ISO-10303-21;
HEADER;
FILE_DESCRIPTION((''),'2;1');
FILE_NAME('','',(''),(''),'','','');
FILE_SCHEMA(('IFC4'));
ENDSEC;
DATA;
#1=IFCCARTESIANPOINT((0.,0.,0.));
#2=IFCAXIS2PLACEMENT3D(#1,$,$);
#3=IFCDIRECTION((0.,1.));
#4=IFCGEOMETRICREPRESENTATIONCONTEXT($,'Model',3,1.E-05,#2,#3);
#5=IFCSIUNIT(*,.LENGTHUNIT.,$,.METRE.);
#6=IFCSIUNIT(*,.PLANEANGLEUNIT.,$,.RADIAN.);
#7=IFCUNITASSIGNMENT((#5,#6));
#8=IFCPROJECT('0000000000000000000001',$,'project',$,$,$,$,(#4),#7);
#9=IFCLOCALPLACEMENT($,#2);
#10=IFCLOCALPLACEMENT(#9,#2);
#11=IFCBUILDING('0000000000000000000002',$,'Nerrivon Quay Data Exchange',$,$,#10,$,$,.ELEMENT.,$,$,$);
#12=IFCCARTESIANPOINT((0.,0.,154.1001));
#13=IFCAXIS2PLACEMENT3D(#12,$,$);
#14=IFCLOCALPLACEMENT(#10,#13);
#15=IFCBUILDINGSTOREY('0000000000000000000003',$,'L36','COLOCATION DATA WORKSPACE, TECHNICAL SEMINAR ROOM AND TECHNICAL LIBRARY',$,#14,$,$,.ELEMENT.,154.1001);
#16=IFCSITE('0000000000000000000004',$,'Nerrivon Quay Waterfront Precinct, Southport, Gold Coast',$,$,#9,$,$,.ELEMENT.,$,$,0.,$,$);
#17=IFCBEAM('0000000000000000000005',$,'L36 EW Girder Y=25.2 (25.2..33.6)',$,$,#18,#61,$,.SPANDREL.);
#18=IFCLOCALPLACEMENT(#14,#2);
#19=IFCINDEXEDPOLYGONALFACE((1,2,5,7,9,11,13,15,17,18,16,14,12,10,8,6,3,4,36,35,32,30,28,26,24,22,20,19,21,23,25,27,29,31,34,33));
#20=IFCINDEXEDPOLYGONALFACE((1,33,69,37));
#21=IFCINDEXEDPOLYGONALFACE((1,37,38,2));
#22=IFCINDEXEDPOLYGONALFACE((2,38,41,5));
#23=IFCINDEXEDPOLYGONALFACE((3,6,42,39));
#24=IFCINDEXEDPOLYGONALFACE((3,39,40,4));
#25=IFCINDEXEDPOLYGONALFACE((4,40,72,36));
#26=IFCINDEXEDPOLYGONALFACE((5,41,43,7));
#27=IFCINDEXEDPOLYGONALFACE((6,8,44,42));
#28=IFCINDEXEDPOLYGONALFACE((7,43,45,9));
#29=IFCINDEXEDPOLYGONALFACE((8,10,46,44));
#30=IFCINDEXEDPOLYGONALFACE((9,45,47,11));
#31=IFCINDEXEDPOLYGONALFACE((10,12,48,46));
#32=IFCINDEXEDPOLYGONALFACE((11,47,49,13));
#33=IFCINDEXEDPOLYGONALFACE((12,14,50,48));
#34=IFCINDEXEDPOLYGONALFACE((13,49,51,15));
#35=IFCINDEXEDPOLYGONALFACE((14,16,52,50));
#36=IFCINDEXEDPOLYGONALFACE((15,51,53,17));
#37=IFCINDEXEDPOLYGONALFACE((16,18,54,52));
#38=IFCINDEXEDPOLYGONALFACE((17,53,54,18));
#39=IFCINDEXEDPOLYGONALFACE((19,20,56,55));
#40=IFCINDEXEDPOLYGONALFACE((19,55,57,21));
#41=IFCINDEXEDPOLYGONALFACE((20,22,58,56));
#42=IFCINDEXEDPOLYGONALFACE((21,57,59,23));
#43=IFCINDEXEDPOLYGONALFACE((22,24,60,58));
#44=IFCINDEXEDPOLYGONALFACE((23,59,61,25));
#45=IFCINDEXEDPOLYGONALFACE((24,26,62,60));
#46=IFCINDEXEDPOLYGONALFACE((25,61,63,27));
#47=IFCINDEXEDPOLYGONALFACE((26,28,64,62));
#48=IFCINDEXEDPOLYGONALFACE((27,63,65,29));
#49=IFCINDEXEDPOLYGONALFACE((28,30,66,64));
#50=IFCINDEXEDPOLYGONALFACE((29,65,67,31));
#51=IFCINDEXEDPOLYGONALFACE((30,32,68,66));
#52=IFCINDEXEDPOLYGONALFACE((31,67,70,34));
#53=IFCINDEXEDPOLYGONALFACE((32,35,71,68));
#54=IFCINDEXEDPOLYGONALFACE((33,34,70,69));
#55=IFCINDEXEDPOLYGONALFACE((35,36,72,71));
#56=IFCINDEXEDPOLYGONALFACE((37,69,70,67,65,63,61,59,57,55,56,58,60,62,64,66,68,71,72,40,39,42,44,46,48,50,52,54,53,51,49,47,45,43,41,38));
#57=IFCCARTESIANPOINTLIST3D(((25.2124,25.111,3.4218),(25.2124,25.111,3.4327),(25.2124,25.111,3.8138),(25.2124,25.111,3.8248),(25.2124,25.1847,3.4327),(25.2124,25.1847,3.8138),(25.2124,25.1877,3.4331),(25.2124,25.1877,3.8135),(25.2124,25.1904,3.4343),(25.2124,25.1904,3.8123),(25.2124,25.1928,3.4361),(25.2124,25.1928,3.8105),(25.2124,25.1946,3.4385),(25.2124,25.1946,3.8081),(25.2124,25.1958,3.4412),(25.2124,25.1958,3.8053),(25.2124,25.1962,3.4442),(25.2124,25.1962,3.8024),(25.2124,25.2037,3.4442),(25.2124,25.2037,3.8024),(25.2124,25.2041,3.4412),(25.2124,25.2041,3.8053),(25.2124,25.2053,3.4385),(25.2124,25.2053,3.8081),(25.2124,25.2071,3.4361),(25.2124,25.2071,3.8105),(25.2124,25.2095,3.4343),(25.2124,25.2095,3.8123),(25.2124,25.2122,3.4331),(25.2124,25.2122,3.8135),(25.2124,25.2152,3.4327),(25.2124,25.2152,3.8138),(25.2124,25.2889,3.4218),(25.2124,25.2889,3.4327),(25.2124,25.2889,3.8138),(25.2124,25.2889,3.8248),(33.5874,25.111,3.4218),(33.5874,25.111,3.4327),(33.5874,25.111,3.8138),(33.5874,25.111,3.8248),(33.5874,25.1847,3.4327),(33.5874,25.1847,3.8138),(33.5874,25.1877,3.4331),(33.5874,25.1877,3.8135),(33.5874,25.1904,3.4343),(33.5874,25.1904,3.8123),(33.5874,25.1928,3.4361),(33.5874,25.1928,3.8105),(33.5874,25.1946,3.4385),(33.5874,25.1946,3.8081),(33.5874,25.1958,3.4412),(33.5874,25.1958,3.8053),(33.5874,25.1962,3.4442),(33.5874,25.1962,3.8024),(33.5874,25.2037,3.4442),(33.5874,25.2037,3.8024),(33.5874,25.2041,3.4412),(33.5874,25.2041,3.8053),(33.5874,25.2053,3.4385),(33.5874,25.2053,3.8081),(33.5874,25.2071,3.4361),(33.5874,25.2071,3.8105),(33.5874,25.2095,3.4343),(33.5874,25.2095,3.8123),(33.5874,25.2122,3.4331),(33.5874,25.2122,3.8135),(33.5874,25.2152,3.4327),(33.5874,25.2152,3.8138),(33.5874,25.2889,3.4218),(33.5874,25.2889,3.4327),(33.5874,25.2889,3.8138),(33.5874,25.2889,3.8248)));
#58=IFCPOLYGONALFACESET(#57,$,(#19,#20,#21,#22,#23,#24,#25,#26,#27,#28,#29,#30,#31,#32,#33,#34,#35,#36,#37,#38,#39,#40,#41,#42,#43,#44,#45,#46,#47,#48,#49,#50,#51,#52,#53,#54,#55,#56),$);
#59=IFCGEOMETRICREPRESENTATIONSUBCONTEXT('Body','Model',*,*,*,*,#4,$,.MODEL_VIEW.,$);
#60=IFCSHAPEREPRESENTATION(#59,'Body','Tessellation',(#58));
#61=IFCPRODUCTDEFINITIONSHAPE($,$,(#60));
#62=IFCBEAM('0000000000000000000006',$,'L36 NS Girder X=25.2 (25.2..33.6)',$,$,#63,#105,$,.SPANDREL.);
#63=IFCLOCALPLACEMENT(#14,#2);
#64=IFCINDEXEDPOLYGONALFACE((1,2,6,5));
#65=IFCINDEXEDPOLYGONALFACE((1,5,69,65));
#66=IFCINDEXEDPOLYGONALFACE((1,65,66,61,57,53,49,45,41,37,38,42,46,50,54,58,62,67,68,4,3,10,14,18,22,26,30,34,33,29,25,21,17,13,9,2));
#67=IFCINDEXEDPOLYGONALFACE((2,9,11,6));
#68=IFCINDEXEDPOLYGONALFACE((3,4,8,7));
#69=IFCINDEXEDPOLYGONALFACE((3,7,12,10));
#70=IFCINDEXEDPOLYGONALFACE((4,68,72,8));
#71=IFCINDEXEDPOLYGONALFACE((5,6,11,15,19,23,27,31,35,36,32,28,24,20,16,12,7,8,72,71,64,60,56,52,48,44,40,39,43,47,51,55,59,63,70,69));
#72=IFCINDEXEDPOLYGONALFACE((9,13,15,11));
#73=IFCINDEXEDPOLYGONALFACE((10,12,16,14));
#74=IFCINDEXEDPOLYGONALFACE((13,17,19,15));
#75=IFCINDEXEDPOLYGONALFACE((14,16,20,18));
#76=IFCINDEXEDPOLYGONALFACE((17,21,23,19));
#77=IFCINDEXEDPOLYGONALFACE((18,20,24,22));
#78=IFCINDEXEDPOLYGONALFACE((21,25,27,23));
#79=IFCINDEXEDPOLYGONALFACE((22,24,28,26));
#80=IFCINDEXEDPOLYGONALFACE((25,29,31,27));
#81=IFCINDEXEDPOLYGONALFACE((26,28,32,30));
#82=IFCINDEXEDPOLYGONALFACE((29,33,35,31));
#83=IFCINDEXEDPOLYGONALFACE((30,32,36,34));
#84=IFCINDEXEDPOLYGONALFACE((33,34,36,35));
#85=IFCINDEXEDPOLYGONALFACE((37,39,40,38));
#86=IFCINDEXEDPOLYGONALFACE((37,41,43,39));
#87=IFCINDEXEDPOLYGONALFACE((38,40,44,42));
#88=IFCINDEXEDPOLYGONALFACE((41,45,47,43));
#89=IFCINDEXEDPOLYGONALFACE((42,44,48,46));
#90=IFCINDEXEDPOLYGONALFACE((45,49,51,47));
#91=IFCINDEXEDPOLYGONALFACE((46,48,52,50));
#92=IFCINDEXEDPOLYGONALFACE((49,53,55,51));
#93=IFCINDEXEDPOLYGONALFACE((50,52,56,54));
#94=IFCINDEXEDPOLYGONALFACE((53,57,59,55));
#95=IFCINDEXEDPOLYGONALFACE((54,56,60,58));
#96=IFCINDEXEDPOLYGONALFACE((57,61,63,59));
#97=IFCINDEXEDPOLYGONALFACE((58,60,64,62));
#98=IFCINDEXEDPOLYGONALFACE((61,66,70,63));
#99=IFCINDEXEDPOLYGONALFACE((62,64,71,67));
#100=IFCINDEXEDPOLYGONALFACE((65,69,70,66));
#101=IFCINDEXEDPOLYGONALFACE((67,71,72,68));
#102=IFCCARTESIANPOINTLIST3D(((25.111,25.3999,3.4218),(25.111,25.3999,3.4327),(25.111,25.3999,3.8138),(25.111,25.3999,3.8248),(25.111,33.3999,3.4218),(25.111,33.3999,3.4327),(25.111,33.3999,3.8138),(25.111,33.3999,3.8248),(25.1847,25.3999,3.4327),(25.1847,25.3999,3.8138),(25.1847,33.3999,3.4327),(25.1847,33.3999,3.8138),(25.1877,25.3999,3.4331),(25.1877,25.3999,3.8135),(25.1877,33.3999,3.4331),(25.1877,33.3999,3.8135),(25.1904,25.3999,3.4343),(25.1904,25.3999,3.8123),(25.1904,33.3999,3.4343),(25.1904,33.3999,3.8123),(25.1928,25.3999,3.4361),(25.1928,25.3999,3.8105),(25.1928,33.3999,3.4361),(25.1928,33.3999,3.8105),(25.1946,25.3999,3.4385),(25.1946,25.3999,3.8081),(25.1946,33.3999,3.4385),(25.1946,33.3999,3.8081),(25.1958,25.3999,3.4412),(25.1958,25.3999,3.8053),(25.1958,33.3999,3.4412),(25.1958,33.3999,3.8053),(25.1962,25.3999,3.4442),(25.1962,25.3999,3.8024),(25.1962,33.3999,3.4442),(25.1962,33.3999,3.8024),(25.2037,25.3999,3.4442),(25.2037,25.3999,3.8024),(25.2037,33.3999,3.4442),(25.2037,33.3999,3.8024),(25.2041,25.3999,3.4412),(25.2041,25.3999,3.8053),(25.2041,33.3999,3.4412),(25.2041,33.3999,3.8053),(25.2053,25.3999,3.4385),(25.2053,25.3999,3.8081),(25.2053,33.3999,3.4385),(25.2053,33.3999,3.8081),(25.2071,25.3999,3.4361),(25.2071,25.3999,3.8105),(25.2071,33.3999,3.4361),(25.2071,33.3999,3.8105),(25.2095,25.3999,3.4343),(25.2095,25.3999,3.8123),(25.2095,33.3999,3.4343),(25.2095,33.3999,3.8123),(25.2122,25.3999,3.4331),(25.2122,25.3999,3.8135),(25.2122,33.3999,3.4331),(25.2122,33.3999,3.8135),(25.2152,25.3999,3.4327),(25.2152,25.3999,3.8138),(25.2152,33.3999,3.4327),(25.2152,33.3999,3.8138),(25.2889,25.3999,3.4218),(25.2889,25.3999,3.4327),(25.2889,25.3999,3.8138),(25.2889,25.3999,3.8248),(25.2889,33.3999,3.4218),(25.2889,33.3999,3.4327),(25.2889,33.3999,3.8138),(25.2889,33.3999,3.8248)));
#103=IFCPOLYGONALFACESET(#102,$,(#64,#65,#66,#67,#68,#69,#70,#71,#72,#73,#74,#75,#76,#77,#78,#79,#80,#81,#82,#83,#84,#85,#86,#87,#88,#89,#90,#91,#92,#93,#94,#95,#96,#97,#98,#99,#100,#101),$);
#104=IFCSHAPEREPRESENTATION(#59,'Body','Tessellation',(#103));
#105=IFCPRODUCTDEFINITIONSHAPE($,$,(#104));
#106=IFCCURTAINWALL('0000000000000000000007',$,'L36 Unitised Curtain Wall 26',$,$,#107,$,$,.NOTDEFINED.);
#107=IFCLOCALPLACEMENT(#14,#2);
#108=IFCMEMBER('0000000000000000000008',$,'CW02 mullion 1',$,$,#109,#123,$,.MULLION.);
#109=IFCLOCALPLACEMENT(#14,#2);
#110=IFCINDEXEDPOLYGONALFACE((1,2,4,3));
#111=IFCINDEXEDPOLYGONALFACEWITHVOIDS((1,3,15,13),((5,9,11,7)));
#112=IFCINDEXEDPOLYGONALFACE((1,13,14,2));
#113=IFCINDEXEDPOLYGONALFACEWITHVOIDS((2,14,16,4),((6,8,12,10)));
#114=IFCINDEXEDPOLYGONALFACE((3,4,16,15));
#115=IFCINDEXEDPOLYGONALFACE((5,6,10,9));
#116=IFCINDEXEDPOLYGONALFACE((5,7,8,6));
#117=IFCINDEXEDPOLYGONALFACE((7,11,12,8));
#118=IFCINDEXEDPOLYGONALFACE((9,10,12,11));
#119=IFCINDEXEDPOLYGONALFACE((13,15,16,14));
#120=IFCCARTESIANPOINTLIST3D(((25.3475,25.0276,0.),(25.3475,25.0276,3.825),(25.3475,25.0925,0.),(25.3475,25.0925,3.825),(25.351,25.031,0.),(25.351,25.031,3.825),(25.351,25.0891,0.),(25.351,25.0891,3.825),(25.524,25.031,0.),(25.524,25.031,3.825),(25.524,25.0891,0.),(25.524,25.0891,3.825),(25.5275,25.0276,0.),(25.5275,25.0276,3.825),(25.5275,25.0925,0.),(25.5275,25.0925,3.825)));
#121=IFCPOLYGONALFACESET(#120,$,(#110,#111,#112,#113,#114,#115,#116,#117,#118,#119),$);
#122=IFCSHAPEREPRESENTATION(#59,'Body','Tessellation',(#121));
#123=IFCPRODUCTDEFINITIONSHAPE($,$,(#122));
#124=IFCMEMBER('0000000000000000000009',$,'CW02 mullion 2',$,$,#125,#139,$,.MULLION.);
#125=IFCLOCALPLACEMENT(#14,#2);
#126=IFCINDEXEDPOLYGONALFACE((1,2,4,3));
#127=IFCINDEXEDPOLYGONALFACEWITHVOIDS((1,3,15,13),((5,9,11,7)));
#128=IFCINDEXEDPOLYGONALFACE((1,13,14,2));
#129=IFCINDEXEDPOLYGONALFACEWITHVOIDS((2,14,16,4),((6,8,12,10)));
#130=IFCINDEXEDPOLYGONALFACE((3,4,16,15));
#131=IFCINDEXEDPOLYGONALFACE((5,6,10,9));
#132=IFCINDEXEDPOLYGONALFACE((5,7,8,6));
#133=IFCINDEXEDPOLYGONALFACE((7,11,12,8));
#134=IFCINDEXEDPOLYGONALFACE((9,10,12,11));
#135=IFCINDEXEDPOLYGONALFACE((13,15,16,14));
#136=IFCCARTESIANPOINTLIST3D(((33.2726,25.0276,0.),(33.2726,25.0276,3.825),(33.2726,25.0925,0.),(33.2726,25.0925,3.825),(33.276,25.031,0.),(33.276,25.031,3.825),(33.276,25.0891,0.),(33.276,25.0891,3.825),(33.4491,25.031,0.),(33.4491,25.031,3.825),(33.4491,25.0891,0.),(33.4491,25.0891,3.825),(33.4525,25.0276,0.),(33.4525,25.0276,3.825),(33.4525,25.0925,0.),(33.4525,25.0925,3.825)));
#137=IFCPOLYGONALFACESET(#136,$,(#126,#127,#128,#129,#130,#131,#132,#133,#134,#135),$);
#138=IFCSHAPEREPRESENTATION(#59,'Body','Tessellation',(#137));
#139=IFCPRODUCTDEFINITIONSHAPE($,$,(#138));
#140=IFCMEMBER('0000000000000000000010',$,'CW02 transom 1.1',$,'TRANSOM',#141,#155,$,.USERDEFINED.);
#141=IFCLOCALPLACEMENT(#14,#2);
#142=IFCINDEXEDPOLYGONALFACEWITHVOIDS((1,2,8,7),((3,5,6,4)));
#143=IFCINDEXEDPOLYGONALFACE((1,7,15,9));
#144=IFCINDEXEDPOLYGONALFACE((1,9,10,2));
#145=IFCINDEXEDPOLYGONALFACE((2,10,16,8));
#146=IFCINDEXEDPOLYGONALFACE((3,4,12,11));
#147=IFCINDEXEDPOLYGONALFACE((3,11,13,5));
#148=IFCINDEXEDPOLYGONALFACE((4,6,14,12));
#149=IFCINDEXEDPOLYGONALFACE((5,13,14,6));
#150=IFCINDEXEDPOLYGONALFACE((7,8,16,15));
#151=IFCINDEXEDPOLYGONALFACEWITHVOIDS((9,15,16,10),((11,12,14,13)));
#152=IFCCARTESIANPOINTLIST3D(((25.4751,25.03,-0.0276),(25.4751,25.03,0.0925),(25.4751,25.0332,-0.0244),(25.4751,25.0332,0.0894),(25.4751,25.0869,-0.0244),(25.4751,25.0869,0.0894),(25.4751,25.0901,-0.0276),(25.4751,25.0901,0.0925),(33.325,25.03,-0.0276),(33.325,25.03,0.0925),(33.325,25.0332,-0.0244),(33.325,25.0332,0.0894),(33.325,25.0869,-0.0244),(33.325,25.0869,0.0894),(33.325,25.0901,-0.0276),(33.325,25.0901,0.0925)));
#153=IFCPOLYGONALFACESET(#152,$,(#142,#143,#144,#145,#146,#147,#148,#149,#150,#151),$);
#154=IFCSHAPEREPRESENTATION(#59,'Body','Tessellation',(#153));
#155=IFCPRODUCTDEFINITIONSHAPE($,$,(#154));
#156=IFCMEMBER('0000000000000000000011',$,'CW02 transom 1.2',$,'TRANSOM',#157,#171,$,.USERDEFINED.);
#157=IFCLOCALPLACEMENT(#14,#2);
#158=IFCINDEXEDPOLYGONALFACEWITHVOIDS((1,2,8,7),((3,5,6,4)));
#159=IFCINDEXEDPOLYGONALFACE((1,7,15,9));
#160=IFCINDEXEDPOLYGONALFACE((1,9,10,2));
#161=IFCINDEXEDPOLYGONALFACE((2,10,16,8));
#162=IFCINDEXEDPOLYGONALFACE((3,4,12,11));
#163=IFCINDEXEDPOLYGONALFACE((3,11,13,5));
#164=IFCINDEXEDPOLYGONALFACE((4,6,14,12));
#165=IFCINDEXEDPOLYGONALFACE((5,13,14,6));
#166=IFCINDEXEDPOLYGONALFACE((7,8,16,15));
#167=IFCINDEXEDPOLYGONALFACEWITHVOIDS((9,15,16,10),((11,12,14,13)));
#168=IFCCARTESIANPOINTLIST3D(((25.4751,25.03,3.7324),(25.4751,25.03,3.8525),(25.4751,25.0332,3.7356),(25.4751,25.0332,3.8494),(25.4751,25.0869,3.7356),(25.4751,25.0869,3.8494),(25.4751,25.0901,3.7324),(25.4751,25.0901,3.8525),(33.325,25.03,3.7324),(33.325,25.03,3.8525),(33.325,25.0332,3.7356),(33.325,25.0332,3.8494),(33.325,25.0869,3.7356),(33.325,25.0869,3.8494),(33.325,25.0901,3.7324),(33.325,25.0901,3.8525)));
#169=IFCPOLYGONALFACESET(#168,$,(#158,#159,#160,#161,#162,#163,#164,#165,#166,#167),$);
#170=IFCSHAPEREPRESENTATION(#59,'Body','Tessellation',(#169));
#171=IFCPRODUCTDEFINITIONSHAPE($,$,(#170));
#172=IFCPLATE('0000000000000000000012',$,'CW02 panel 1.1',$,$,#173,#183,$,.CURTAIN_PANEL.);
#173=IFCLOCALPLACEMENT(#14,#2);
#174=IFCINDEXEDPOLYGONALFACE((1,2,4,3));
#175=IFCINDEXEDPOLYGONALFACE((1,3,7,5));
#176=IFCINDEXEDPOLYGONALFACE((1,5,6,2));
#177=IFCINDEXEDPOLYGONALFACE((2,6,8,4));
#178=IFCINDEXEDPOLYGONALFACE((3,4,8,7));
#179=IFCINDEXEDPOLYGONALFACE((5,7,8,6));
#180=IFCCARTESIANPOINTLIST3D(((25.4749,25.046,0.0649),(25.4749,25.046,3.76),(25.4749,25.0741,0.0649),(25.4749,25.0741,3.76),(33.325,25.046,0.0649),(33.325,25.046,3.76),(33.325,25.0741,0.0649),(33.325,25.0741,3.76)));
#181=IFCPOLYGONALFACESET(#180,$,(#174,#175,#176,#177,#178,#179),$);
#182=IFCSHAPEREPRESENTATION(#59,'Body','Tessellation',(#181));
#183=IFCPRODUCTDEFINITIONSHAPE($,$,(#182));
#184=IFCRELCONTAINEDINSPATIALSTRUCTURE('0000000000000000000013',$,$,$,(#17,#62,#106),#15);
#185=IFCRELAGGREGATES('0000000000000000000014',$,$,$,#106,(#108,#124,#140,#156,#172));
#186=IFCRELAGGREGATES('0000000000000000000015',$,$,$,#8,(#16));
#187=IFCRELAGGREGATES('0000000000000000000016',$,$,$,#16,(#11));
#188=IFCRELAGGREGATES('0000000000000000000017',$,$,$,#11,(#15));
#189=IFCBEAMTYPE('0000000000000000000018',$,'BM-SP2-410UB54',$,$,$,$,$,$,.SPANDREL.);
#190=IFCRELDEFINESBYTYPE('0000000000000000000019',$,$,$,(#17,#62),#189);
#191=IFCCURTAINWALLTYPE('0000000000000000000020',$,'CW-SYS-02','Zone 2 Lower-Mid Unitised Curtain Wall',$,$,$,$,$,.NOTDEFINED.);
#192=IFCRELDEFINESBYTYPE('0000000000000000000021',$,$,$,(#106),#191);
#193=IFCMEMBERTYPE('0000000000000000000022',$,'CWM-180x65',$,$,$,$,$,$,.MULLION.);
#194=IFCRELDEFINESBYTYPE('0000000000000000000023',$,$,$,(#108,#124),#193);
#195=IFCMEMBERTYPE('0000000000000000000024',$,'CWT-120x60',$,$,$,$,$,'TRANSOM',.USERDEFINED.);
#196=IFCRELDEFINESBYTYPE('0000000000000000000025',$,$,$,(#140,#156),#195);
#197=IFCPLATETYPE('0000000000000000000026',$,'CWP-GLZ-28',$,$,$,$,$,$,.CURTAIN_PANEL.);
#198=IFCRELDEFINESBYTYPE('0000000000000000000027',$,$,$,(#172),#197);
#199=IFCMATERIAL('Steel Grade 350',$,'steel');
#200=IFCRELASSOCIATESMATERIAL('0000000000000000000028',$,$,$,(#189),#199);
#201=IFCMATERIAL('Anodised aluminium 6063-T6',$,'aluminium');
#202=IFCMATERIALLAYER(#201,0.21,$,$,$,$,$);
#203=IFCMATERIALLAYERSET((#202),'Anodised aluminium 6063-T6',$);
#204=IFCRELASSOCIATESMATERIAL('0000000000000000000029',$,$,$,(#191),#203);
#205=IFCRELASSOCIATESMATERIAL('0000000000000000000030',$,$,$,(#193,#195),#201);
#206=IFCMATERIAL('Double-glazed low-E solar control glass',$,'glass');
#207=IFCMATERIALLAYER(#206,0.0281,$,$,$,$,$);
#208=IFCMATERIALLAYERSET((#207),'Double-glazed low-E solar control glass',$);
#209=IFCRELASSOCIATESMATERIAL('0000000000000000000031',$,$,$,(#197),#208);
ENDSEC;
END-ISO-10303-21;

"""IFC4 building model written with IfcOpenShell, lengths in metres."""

from ifc_helpers import new_model, si_unit, direction, frame, origin, origin_2d, place, context, subcontext, project, spatial, rectangle, hollow_rectangle, i_section, extrude, material, layer, layer_set, material_profile, profile_set, type_object, element, aggregate, save


model = new_model("IFC4")

# Units and contexts
model_context = context("Model", 3, precision=1e-05, world=origin(), true_north=direction((0.0, 1.0)))
body_context = subcontext(model_context, "Body", "Model", "MODEL_VIEW")
ifc_project = project(units=[si_unit("LENGTHUNIT", "METRE"), si_unit("PLANEANGLEUNIT", "RADIAN")], contexts=[model_context])

# Site, building, storey
site_placement = place(None, origin())
site = spatial("IfcSite", under=ifc_project, at=site_placement, Name="Nerrivon Quay Waterfront Precinct, Southport, Gold Coast", CompositionType="ELEMENT", RefElevation=0.0)
building_placement = place(site_placement, origin())
building = spatial("IfcBuilding", under=site, at=building_placement, Name="Nerrivon Quay Data Exchange", CompositionType="ELEMENT")
storey_placement = place(building_placement, frame((0.0, 0.0, 154.1001)))
storey = spatial("IfcBuildingStorey", under=building, at=storey_placement, Name="L36", Description="COLOCATION DATA WORKSPACE, TECHNICAL SEMINAR ROOM AND TECHNICAL LIBRARY", CompositionType="ELEMENT", Elevation=154.1001)

# Shared definitions
ifc_material_1 = material(Name="Steel Grade 350", Category="steel")

# Beams
ifc_material_profile_1 = material_profile(ifc_material_1, i_section(OverallWidth=0.178, OverallDepth=0.4031, WebThickness=0.0076, FlangeThickness=0.011, FilletRadius=0.0115, at=origin_2d()), Name="410UB53.7")
ifc_profile_set_1 = profile_set([ifc_material_profile_1], Name="Steel Grade 350")
beam_type_1 = type_object("IfcBeamType", Name="BM-SP2-410UB54", PredefinedType="SPANDREL", material=ifc_profile_set_1)
beam_1_placement = place(storey_placement, frame((25.2124, 25.2, 3.6233), z_axis=(1.0, 0.0, 0.0), x_axis=(0.0, 1.0, 0.0)))
element("IfcBeam", 1, at=beam_1_placement, inside=storey, type_object=beam_type_1, Name="L36 EW Girder Y=25.2 (25.2..33.6)", PredefinedType="SPANDREL", context=body_context, shape_type="SweptSolid", body=[
    extrude(i_section(OverallWidth=0.178, OverallDepth=0.4031, WebThickness=0.0076, FlangeThickness=0.011, FilletRadius=0.0115, at=origin_2d()), origin(), (0.0, 0.0, 1.0), 8.375),
])
beam_2_placement = place(storey_placement, frame((25.2, 25.3999, 3.6233), z_axis=(0.0, 1.0, 0.0), x_axis=(-1.0, 0.0, 0.0)))
element("IfcBeam", 2, at=beam_2_placement, inside=storey, type_object=beam_type_1, Name="L36 NS Girder X=25.2 (25.2..33.6)", PredefinedType="SPANDREL", context=body_context, shape_type="SweptSolid", body=[
    extrude(i_section(OverallWidth=0.178, OverallDepth=0.4031, WebThickness=0.0076, FlangeThickness=0.011, FilletRadius=0.0115, at=origin_2d()), origin(), (0.0, 0.0, 1.0), 8.0),
])

# Curtain wall, members, plate
ifc_material_2 = material(Name="Anodised aluminium 6063-T6", Category="aluminium")
ifc_layer_1 = layer(ifc_material_2, 0.21)
ifc_layer_set_1 = layer_set([ifc_layer_1], Name="Anodised aluminium 6063-T6")
curtain_wall_type = type_object("IfcCurtainWallType", Name="CW-SYS-02", Description="Zone 2 Lower-Mid Unitised Curtain Wall", PredefinedType="NOTDEFINED", material=ifc_layer_set_1)
curtain_wall_placement = place(storey_placement, origin())
curtain_wall = element("IfcCurtainWall", 3, at=curtain_wall_placement, inside=storey, type_object=curtain_wall_type, Name="L36 Unitised Curtain Wall 26", PredefinedType="NOTDEFINED")
ifc_material_profile_2 = material_profile(ifc_material_2, hollow_rectangle(XDim=0.0649, YDim=0.1799, WallThickness=0.0034, at=origin_2d()), Name="ALU-MULL-180x65")
ifc_profile_set_2 = profile_set([ifc_material_profile_2], Name="Anodised aluminium 6063-T6")
member_type_1 = type_object("IfcMemberType", Name="CWM-180x65", PredefinedType="MULLION", material=ifc_profile_set_2)
member_1_placement = place(storey_placement, frame((25.4375, 25.0601, 0.0), z_axis=(0.0, 0.0, 1.0), x_axis=(0.0, 1.0, 0.0)))
member_1 = element("IfcMember", 4, at=member_1_placement, type_object=member_type_1, Name="CW02 mullion 1", PredefinedType="MULLION", context=body_context, shape_type="SweptSolid", body=[
    extrude(hollow_rectangle(XDim=0.0649, YDim=0.1799, WallThickness=0.0034, at=origin_2d()), origin(), (0.0, 0.0, 1.0), 3.825),
])
member_2_placement = place(storey_placement, frame((33.3625, 25.0601, 0.0), z_axis=(0.0, 0.0, 1.0), x_axis=(0.0, 1.0, 0.0)))
member_2 = element("IfcMember", 5, at=member_2_placement, type_object=member_type_1, Name="CW02 mullion 2", PredefinedType="MULLION", context=body_context, shape_type="SweptSolid", body=[
    extrude(hollow_rectangle(XDim=0.0649, YDim=0.1799, WallThickness=0.0034, at=origin_2d()), origin(), (0.0, 0.0, 1.0), 3.825),
])
ifc_material_profile_3 = material_profile(ifc_material_2, hollow_rectangle(XDim=0.0601, YDim=0.1201, WallThickness=0.0032, at=origin_2d()), Name="ALU-TRAN-120x60")
ifc_profile_set_3 = profile_set([ifc_material_profile_3], Name="Anodised aluminium 6063-T6")
member_type_2 = type_object("IfcMemberType", Name="CWT-120x60", ElementType="TRANSOM", PredefinedType="USERDEFINED", material=ifc_profile_set_3)
member_3_placement = place(storey_placement, frame((25.4751, 25.0601, 0.0325), z_axis=(1.0, 0.0, 0.0), x_axis=(0.0, 1.0, 0.0)))
member_3 = element("IfcMember", 6, at=member_3_placement, type_object=member_type_2, Name="CW02 transom 1.1", ObjectType="TRANSOM", PredefinedType="USERDEFINED", context=body_context, shape_type="SweptSolid", body=[
    extrude(hollow_rectangle(XDim=0.0601, YDim=0.1201, WallThickness=0.0032, at=origin_2d()), origin(), (0.0, 0.0, 1.0), 7.8499),
])
member_4_placement = place(storey_placement, frame((25.4751, 25.0601, 3.7925), z_axis=(1.0, 0.0, 0.0), x_axis=(0.0, 1.0, 0.0)))
member_4 = element("IfcMember", 7, at=member_4_placement, type_object=member_type_2, Name="CW02 transom 1.2", ObjectType="TRANSOM", PredefinedType="USERDEFINED", context=body_context, shape_type="SweptSolid", body=[
    extrude(hollow_rectangle(XDim=0.0601, YDim=0.1201, WallThickness=0.0032, at=origin_2d()), origin(), (0.0, 0.0, 1.0), 7.8499),
])
ifc_material_3 = material(Name="Double-glazed low-E solar control glass", Category="glass")
ifc_layer_2 = layer(ifc_material_3, 0.0281)
ifc_layer_set_2 = layer_set([ifc_layer_2], Name="Double-glazed low-E solar control glass")
plate_type = type_object("IfcPlateType", Name="CWP-GLZ-28", PredefinedType="CURTAIN_PANEL", material=ifc_layer_set_2)
plate_placement = place(storey_placement, frame((29.3999, 25.0601, 0.0649), z_axis=(0.0, 0.0, 1.0), x_axis=(1.0, 0.0, 0.0)))
plate = element("IfcPlate", 8, at=plate_placement, type_object=plate_type, Name="CW02 panel 1.1", PredefinedType="CURTAIN_PANEL", context=body_context, shape_type="SweptSolid", body=[
    extrude(rectangle(XDim=7.8501, YDim=0.0281, at=origin_2d()), origin(), (0.0, 0.0, 1.0), 3.6951),
])
aggregate(curtain_wall, [member_1, member_2, member_3, member_4, plate])

save(model, "model.ifc")
